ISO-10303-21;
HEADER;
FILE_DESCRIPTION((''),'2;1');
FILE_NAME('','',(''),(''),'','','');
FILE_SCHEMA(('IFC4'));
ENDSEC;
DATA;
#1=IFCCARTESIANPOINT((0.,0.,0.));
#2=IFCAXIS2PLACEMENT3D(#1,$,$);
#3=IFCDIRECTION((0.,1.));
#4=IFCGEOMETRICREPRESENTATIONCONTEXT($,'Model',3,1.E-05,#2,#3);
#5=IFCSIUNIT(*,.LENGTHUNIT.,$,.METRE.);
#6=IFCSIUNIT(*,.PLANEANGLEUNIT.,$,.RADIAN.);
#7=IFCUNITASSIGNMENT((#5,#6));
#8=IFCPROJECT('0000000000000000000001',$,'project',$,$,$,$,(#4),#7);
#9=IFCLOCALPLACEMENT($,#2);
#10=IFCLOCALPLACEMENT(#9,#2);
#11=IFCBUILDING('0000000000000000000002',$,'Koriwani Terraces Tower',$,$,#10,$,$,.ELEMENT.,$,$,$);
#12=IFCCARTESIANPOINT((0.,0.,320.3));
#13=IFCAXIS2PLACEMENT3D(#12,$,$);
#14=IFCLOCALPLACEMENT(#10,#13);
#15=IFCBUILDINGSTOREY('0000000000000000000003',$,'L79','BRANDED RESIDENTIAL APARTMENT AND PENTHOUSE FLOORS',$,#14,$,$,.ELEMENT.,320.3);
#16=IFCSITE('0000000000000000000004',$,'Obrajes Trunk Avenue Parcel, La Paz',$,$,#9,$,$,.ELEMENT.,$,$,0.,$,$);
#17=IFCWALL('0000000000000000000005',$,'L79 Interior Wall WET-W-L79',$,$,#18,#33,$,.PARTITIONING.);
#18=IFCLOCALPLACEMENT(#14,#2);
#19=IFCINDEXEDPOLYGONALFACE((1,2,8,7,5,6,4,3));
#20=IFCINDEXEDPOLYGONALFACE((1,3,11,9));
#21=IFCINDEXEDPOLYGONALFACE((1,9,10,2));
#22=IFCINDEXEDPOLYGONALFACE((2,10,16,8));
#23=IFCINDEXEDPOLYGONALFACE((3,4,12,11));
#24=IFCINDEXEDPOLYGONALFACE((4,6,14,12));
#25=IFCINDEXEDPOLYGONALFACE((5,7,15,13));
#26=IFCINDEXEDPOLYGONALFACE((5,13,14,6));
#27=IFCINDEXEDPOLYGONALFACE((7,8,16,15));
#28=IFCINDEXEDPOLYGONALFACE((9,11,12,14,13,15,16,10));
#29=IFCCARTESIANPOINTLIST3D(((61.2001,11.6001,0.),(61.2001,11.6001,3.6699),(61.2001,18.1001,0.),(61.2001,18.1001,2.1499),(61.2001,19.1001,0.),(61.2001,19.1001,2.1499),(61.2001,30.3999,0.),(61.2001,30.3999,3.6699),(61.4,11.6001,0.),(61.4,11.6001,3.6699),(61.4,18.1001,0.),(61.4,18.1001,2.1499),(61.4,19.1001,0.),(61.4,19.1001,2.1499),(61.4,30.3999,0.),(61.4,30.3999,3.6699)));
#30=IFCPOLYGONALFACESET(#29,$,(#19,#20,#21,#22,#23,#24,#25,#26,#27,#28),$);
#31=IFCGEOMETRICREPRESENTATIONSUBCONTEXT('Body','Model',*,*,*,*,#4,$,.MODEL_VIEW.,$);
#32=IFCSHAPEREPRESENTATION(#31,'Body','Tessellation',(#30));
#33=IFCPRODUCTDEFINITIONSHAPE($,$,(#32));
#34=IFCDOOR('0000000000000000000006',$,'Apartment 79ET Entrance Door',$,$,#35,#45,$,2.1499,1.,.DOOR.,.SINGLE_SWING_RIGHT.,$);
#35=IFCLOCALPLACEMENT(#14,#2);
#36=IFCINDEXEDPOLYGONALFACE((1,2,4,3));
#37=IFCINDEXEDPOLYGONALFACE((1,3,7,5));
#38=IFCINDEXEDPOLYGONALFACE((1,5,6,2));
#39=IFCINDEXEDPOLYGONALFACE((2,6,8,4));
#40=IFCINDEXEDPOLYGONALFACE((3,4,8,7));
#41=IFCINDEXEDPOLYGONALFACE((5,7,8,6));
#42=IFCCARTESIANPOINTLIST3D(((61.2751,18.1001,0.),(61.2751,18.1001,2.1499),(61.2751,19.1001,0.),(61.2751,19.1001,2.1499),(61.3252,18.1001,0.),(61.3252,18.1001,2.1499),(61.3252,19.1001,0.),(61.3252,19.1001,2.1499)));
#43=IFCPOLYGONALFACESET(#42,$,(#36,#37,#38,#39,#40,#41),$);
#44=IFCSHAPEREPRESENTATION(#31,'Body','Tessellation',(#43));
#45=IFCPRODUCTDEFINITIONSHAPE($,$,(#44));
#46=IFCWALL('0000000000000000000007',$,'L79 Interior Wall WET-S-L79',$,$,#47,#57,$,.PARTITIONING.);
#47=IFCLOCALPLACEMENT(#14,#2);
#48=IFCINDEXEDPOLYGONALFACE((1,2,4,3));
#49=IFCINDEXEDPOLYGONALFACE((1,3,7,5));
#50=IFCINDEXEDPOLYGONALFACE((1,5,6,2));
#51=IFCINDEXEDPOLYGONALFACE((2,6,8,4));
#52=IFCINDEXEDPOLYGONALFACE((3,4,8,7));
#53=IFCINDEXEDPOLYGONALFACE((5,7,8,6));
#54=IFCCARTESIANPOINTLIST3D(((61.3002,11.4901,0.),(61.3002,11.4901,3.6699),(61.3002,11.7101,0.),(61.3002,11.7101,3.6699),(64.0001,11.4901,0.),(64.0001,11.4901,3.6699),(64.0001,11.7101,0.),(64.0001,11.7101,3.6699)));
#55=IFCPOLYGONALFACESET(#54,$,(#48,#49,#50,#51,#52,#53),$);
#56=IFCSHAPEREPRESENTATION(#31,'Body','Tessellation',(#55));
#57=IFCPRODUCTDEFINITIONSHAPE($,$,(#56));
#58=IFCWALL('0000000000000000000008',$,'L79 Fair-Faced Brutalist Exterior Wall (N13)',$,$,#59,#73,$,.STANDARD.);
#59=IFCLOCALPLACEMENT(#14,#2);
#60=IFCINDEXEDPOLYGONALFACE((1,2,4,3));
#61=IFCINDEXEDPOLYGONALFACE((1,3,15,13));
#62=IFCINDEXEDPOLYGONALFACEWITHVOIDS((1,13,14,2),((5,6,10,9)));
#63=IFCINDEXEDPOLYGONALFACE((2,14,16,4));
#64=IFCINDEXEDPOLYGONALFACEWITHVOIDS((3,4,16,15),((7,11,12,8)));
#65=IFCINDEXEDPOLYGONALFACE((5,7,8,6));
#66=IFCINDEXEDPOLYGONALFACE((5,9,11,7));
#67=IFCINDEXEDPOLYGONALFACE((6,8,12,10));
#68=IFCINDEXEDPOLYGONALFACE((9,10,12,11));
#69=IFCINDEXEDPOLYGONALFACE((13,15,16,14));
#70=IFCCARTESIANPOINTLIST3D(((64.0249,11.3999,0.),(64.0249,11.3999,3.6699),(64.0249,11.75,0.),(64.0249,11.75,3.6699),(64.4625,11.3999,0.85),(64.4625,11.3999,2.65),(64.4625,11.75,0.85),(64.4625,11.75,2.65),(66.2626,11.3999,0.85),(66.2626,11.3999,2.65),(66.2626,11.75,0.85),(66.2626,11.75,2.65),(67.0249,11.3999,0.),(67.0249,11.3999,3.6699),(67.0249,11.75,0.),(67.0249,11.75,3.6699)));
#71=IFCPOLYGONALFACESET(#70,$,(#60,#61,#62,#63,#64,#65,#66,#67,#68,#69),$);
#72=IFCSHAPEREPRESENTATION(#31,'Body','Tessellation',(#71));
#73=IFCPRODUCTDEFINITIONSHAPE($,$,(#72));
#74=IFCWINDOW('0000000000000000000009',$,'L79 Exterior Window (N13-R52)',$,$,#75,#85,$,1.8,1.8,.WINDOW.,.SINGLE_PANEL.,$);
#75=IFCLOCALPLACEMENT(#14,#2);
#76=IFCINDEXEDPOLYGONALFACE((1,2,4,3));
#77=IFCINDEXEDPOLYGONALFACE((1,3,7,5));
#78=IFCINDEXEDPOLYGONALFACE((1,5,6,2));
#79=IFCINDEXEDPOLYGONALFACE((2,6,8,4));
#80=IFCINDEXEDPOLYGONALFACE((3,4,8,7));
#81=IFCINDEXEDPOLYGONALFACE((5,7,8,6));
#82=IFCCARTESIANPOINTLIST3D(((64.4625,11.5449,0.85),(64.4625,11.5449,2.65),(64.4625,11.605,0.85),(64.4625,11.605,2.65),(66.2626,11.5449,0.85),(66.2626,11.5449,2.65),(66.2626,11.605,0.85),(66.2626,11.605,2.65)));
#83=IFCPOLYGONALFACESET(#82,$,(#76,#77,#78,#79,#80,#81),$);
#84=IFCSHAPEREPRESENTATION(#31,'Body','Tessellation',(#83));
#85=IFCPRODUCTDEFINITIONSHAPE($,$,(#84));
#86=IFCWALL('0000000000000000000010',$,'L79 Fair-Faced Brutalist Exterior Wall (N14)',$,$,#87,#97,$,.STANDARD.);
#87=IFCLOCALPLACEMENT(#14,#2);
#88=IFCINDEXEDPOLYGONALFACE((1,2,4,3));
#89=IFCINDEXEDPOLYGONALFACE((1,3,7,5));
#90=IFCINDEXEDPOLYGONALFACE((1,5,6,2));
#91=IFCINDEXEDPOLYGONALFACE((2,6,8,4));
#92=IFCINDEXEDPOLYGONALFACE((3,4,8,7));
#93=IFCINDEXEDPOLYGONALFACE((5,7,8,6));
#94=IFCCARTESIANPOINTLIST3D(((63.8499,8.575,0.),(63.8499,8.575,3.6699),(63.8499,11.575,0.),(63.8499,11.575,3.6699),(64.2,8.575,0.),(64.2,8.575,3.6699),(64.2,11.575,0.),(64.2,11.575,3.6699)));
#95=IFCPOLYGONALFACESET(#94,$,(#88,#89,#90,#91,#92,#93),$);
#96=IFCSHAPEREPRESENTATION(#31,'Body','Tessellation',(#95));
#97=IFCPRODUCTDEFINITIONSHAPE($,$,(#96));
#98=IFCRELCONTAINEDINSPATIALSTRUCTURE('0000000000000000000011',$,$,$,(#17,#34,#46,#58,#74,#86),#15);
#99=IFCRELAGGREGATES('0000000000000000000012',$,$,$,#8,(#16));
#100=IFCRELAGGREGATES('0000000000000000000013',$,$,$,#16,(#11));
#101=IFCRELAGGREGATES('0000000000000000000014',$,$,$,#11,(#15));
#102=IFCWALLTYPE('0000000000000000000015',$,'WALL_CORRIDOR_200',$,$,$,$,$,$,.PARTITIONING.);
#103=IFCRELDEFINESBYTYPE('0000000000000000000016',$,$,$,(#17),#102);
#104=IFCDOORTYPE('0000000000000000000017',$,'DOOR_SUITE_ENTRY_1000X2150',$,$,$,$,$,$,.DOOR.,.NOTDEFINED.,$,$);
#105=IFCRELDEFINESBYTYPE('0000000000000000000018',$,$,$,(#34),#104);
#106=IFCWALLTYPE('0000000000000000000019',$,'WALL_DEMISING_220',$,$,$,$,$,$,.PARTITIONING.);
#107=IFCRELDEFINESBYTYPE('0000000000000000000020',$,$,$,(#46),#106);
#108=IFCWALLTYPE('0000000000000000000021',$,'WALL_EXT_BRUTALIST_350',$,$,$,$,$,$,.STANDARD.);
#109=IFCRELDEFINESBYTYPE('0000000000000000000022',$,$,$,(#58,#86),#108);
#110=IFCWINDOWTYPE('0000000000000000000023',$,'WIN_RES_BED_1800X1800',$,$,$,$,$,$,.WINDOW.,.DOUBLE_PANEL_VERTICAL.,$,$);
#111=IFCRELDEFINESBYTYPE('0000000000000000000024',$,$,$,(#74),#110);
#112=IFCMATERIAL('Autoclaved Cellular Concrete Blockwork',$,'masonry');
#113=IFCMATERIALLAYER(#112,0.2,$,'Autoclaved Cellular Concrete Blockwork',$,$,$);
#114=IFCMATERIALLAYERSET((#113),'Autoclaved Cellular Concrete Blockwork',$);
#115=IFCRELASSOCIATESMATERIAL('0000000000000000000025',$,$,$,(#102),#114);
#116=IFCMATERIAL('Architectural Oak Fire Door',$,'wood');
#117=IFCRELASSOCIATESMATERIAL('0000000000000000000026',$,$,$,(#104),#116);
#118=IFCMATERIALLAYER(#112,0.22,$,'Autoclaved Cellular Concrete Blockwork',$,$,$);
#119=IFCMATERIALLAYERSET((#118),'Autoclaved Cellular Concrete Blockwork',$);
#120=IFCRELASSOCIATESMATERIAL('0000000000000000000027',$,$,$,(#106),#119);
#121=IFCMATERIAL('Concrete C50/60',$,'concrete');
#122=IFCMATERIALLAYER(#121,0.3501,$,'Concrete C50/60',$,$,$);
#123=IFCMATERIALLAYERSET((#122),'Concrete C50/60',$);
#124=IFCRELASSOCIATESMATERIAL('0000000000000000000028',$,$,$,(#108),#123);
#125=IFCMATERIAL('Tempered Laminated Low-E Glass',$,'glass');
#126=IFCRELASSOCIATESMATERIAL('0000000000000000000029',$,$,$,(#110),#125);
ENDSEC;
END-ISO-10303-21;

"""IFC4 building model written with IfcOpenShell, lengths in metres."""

from ifc_helpers import new_model, si_unit, direction, frame, frame_2d, origin, place, context, subcontext, project, spatial, rectangle, extrude, material, layer, layer_set, type_object, element, fill, save


model = new_model("IFC4")

# Units and contexts
model_context = context("Model", 3, precision=1e-05, world=origin(), true_north=direction((0.0, 1.0)))
body_context = subcontext(model_context, "Body", "Model", "MODEL_VIEW")
ifc_project = project(units=[si_unit("LENGTHUNIT", "METRE"), si_unit("PLANEANGLEUNIT", "RADIAN")], contexts=[model_context])

# Site, building, storey
site_placement = place(None, origin())
site = spatial("IfcSite", under=ifc_project, at=site_placement, Name="Obrajes Trunk Avenue Parcel, La Paz", CompositionType="ELEMENT", RefElevation=0.0)
building_placement = place(site_placement, origin())
building = spatial("IfcBuilding", under=site, at=building_placement, Name="Koriwani Terraces Tower", CompositionType="ELEMENT")
storey_placement = place(building_placement, frame((0.0, 0.0, 320.3)))
storey = spatial("IfcBuildingStorey", under=building, at=storey_placement, Name="L79", Description="BRANDED RESIDENTIAL APARTMENT AND PENTHOUSE FLOORS", CompositionType="ELEMENT", Elevation=320.3)

# Shared definitions
ifc_material_1 = material(Name="Concrete C50/60", Category="concrete")

# Wall, opening, door
ifc_material_2 = material(Name="Autoclaved Cellular Concrete Blockwork", Category="masonry")
ifc_layer_1 = layer(ifc_material_2, 0.2, Name="Autoclaved Cellular Concrete Blockwork")
ifc_layer_set_1 = layer_set([ifc_layer_1], Name="Autoclaved Cellular Concrete Blockwork")
wall_type_1 = type_object("IfcWallType", Name="WALL_CORRIDOR_200", PredefinedType="PARTITIONING", material=ifc_layer_set_1)
ifc_material_3 = material(Name="Architectural Oak Fire Door", Category="wood")
wall_1_placement = place(storey_placement, frame((61.3, 11.6001, 0.0), z_axis=(0.0, 0.0, 1.0), x_axis=(0.0, 1.0, 0.0)))
wall_1 = element("IfcWall", 1, at=wall_1_placement, inside=storey, type_object=wall_type_1, Name="L79 Interior Wall WET-W-L79", PredefinedType="PARTITIONING", context=body_context, shape_type="SweptSolid", body=[
    extrude(rectangle(XDim=18.7998, YDim=0.2, at=frame_2d((9.3999, 0.0))), origin(), (0.0, 0.0, 1.0), 3.6699),
])
opening_1_placement = place(wall_1_placement, frame((6.5, 0.0, 0.0)))
opening_1 = element("IfcOpeningElement", 2, at=opening_1_placement, cuts=wall_1, PredefinedType="OPENING", context=body_context, shape_type="SweptSolid", body=[
    extrude(rectangle(XDim=1.0, YDim=2.1499, at=frame_2d((0.5, 1.075))), frame((0.0, 0.1099, 0.0), z_axis=(0.0, -1.0, 0.0), x_axis=(1.0, 0.0, 0.0)), (0.0, 0.0, 1.0), 0.22),
])
door_type_1 = type_object("IfcDoorType", Name="DOOR_SUITE_ENTRY_1000X2150", OperationType="NOTDEFINED", PredefinedType="DOOR", material=ifc_material_3)
door_1_placement = place(opening_1_placement, origin())
door_1 = element("IfcDoor", 3, at=door_1_placement, inside=storey, type_object=door_type_1, Name="Apartment 79ET Entrance Door", OperationType="SINGLE_SWING_RIGHT", OverallHeight=2.1499, OverallWidth=1.0, PredefinedType="DOOR", context=body_context, shape_type="SweptSolid", body=[
    extrude(rectangle(XDim=1.0, YDim=2.1499, at=frame_2d((0.5, 1.075))), frame((0.0, 0.0249, 0.0), z_axis=(0.0, -1.0, 0.0), x_axis=(1.0, 0.0, 0.0)), (0.0, 0.0, 1.0), 0.05),
])
fill(opening_1, door_1)

# Wall
ifc_layer_2 = layer(ifc_material_2, 0.22, Name="Autoclaved Cellular Concrete Blockwork")
ifc_layer_set_2 = layer_set([ifc_layer_2], Name="Autoclaved Cellular Concrete Blockwork")
wall_type_2 = type_object("IfcWallType", Name="WALL_DEMISING_220", PredefinedType="PARTITIONING", material=ifc_layer_set_2)
wall_2_placement = place(storey_placement, frame((61.3, 11.6001, 0.0), z_axis=(0.0, 0.0, 1.0), x_axis=(1.0, 0.0, 0.0)))
element("IfcWall", 4, at=wall_2_placement, inside=storey, type_object=wall_type_2, Name="L79 Interior Wall WET-S-L79", PredefinedType="PARTITIONING", context=body_context, shape_type="SweptSolid", body=[
    extrude(rectangle(XDim=2.7, YDim=0.22, at=frame_2d((1.3501, 0.0))), origin(), (0.0, 0.0, 1.0), 3.6699),
])

# Wall, opening, window
ifc_layer_3 = layer(ifc_material_1, 0.3501, Name="Concrete C50/60")
ifc_layer_set_3 = layer_set([ifc_layer_3], Name="Concrete C50/60")
wall_type_3 = type_object("IfcWallType", Name="WALL_EXT_BRUTALIST_350", PredefinedType="STANDARD", material=ifc_layer_set_3)
wall_3_placement = place(storey_placement, frame((67.0249, 11.575, 0.0), z_axis=(0.0, 0.0, 1.0), x_axis=(-1.0, 0.0, 0.0)))
wall_3 = element("IfcWall", 5, at=wall_3_placement, inside=storey, type_object=wall_type_3, Name="L79 Fair-Faced Brutalist Exterior Wall (N13)", PredefinedType="STANDARD", context=body_context, shape_type="SweptSolid", body=[
    extrude(rectangle(XDim=3.0, YDim=0.3501, at=frame_2d((1.5, 0.0))), origin(), (0.0, 0.0, 1.0), 3.6699),
])
opening_2_placement = place(wall_3_placement, frame((0.7625, 0.0, 0.8501)))
opening_2 = element("IfcOpeningElement", 6, at=opening_2_placement, cuts=wall_3, PredefinedType="OPENING", context=body_context, shape_type="SweptSolid", body=[
    extrude(rectangle(XDim=1.8, YDim=1.8, at=frame_2d((0.8999, 0.8999))), frame((0.0, 0.1851, 0.0), z_axis=(0.0, -1.0, 0.0), x_axis=(1.0, 0.0, 0.0)), (0.0, 0.0, 1.0), 0.3701),
])
ifc_material_4 = material(Name="Tempered Laminated Low-E Glass", Category="glass")
window_type_1 = type_object("IfcWindowType", Name="WIN_RES_BED_1800X1800", PartitioningType="DOUBLE_PANEL_VERTICAL", PredefinedType="WINDOW", material=ifc_material_4)
window_1_placement = place(opening_2_placement, origin())
window_1 = element("IfcWindow", 7, at=window_1_placement, inside=storey, type_object=window_type_1, Name="L79 Exterior Window (N13-R52)", OverallHeight=1.8, OverallWidth=1.8, PartitioningType="SINGLE_PANEL", PredefinedType="WINDOW", context=body_context, shape_type="SweptSolid", body=[
    extrude(rectangle(XDim=1.8, YDim=1.8, at=frame_2d((0.8999, 0.8999))), frame((0.0, 0.03, 0.0), z_axis=(0.0, -1.0, 0.0), x_axis=(1.0, 0.0, 0.0)), (0.0, 0.0, 1.0), 0.0601),
])
fill(opening_2, window_1)

# Wall
wall_4_placement = place(storey_placement, frame((64.0249, 11.575, 0.0), z_axis=(0.0, 0.0, 1.0), x_axis=(0.0, -1.0, 0.0)))
element("IfcWall", 8, at=wall_4_placement, inside=storey, type_object=wall_type_3, Name="L79 Fair-Faced Brutalist Exterior Wall (N14)", PredefinedType="STANDARD", context=body_context, shape_type="SweptSolid", body=[
    extrude(rectangle(XDim=3.0, YDim=0.3501, at=frame_2d((1.5, 0.0))), origin(), (0.0, 0.0, 1.0), 3.6699),
])

save(model, "model.ifc")
